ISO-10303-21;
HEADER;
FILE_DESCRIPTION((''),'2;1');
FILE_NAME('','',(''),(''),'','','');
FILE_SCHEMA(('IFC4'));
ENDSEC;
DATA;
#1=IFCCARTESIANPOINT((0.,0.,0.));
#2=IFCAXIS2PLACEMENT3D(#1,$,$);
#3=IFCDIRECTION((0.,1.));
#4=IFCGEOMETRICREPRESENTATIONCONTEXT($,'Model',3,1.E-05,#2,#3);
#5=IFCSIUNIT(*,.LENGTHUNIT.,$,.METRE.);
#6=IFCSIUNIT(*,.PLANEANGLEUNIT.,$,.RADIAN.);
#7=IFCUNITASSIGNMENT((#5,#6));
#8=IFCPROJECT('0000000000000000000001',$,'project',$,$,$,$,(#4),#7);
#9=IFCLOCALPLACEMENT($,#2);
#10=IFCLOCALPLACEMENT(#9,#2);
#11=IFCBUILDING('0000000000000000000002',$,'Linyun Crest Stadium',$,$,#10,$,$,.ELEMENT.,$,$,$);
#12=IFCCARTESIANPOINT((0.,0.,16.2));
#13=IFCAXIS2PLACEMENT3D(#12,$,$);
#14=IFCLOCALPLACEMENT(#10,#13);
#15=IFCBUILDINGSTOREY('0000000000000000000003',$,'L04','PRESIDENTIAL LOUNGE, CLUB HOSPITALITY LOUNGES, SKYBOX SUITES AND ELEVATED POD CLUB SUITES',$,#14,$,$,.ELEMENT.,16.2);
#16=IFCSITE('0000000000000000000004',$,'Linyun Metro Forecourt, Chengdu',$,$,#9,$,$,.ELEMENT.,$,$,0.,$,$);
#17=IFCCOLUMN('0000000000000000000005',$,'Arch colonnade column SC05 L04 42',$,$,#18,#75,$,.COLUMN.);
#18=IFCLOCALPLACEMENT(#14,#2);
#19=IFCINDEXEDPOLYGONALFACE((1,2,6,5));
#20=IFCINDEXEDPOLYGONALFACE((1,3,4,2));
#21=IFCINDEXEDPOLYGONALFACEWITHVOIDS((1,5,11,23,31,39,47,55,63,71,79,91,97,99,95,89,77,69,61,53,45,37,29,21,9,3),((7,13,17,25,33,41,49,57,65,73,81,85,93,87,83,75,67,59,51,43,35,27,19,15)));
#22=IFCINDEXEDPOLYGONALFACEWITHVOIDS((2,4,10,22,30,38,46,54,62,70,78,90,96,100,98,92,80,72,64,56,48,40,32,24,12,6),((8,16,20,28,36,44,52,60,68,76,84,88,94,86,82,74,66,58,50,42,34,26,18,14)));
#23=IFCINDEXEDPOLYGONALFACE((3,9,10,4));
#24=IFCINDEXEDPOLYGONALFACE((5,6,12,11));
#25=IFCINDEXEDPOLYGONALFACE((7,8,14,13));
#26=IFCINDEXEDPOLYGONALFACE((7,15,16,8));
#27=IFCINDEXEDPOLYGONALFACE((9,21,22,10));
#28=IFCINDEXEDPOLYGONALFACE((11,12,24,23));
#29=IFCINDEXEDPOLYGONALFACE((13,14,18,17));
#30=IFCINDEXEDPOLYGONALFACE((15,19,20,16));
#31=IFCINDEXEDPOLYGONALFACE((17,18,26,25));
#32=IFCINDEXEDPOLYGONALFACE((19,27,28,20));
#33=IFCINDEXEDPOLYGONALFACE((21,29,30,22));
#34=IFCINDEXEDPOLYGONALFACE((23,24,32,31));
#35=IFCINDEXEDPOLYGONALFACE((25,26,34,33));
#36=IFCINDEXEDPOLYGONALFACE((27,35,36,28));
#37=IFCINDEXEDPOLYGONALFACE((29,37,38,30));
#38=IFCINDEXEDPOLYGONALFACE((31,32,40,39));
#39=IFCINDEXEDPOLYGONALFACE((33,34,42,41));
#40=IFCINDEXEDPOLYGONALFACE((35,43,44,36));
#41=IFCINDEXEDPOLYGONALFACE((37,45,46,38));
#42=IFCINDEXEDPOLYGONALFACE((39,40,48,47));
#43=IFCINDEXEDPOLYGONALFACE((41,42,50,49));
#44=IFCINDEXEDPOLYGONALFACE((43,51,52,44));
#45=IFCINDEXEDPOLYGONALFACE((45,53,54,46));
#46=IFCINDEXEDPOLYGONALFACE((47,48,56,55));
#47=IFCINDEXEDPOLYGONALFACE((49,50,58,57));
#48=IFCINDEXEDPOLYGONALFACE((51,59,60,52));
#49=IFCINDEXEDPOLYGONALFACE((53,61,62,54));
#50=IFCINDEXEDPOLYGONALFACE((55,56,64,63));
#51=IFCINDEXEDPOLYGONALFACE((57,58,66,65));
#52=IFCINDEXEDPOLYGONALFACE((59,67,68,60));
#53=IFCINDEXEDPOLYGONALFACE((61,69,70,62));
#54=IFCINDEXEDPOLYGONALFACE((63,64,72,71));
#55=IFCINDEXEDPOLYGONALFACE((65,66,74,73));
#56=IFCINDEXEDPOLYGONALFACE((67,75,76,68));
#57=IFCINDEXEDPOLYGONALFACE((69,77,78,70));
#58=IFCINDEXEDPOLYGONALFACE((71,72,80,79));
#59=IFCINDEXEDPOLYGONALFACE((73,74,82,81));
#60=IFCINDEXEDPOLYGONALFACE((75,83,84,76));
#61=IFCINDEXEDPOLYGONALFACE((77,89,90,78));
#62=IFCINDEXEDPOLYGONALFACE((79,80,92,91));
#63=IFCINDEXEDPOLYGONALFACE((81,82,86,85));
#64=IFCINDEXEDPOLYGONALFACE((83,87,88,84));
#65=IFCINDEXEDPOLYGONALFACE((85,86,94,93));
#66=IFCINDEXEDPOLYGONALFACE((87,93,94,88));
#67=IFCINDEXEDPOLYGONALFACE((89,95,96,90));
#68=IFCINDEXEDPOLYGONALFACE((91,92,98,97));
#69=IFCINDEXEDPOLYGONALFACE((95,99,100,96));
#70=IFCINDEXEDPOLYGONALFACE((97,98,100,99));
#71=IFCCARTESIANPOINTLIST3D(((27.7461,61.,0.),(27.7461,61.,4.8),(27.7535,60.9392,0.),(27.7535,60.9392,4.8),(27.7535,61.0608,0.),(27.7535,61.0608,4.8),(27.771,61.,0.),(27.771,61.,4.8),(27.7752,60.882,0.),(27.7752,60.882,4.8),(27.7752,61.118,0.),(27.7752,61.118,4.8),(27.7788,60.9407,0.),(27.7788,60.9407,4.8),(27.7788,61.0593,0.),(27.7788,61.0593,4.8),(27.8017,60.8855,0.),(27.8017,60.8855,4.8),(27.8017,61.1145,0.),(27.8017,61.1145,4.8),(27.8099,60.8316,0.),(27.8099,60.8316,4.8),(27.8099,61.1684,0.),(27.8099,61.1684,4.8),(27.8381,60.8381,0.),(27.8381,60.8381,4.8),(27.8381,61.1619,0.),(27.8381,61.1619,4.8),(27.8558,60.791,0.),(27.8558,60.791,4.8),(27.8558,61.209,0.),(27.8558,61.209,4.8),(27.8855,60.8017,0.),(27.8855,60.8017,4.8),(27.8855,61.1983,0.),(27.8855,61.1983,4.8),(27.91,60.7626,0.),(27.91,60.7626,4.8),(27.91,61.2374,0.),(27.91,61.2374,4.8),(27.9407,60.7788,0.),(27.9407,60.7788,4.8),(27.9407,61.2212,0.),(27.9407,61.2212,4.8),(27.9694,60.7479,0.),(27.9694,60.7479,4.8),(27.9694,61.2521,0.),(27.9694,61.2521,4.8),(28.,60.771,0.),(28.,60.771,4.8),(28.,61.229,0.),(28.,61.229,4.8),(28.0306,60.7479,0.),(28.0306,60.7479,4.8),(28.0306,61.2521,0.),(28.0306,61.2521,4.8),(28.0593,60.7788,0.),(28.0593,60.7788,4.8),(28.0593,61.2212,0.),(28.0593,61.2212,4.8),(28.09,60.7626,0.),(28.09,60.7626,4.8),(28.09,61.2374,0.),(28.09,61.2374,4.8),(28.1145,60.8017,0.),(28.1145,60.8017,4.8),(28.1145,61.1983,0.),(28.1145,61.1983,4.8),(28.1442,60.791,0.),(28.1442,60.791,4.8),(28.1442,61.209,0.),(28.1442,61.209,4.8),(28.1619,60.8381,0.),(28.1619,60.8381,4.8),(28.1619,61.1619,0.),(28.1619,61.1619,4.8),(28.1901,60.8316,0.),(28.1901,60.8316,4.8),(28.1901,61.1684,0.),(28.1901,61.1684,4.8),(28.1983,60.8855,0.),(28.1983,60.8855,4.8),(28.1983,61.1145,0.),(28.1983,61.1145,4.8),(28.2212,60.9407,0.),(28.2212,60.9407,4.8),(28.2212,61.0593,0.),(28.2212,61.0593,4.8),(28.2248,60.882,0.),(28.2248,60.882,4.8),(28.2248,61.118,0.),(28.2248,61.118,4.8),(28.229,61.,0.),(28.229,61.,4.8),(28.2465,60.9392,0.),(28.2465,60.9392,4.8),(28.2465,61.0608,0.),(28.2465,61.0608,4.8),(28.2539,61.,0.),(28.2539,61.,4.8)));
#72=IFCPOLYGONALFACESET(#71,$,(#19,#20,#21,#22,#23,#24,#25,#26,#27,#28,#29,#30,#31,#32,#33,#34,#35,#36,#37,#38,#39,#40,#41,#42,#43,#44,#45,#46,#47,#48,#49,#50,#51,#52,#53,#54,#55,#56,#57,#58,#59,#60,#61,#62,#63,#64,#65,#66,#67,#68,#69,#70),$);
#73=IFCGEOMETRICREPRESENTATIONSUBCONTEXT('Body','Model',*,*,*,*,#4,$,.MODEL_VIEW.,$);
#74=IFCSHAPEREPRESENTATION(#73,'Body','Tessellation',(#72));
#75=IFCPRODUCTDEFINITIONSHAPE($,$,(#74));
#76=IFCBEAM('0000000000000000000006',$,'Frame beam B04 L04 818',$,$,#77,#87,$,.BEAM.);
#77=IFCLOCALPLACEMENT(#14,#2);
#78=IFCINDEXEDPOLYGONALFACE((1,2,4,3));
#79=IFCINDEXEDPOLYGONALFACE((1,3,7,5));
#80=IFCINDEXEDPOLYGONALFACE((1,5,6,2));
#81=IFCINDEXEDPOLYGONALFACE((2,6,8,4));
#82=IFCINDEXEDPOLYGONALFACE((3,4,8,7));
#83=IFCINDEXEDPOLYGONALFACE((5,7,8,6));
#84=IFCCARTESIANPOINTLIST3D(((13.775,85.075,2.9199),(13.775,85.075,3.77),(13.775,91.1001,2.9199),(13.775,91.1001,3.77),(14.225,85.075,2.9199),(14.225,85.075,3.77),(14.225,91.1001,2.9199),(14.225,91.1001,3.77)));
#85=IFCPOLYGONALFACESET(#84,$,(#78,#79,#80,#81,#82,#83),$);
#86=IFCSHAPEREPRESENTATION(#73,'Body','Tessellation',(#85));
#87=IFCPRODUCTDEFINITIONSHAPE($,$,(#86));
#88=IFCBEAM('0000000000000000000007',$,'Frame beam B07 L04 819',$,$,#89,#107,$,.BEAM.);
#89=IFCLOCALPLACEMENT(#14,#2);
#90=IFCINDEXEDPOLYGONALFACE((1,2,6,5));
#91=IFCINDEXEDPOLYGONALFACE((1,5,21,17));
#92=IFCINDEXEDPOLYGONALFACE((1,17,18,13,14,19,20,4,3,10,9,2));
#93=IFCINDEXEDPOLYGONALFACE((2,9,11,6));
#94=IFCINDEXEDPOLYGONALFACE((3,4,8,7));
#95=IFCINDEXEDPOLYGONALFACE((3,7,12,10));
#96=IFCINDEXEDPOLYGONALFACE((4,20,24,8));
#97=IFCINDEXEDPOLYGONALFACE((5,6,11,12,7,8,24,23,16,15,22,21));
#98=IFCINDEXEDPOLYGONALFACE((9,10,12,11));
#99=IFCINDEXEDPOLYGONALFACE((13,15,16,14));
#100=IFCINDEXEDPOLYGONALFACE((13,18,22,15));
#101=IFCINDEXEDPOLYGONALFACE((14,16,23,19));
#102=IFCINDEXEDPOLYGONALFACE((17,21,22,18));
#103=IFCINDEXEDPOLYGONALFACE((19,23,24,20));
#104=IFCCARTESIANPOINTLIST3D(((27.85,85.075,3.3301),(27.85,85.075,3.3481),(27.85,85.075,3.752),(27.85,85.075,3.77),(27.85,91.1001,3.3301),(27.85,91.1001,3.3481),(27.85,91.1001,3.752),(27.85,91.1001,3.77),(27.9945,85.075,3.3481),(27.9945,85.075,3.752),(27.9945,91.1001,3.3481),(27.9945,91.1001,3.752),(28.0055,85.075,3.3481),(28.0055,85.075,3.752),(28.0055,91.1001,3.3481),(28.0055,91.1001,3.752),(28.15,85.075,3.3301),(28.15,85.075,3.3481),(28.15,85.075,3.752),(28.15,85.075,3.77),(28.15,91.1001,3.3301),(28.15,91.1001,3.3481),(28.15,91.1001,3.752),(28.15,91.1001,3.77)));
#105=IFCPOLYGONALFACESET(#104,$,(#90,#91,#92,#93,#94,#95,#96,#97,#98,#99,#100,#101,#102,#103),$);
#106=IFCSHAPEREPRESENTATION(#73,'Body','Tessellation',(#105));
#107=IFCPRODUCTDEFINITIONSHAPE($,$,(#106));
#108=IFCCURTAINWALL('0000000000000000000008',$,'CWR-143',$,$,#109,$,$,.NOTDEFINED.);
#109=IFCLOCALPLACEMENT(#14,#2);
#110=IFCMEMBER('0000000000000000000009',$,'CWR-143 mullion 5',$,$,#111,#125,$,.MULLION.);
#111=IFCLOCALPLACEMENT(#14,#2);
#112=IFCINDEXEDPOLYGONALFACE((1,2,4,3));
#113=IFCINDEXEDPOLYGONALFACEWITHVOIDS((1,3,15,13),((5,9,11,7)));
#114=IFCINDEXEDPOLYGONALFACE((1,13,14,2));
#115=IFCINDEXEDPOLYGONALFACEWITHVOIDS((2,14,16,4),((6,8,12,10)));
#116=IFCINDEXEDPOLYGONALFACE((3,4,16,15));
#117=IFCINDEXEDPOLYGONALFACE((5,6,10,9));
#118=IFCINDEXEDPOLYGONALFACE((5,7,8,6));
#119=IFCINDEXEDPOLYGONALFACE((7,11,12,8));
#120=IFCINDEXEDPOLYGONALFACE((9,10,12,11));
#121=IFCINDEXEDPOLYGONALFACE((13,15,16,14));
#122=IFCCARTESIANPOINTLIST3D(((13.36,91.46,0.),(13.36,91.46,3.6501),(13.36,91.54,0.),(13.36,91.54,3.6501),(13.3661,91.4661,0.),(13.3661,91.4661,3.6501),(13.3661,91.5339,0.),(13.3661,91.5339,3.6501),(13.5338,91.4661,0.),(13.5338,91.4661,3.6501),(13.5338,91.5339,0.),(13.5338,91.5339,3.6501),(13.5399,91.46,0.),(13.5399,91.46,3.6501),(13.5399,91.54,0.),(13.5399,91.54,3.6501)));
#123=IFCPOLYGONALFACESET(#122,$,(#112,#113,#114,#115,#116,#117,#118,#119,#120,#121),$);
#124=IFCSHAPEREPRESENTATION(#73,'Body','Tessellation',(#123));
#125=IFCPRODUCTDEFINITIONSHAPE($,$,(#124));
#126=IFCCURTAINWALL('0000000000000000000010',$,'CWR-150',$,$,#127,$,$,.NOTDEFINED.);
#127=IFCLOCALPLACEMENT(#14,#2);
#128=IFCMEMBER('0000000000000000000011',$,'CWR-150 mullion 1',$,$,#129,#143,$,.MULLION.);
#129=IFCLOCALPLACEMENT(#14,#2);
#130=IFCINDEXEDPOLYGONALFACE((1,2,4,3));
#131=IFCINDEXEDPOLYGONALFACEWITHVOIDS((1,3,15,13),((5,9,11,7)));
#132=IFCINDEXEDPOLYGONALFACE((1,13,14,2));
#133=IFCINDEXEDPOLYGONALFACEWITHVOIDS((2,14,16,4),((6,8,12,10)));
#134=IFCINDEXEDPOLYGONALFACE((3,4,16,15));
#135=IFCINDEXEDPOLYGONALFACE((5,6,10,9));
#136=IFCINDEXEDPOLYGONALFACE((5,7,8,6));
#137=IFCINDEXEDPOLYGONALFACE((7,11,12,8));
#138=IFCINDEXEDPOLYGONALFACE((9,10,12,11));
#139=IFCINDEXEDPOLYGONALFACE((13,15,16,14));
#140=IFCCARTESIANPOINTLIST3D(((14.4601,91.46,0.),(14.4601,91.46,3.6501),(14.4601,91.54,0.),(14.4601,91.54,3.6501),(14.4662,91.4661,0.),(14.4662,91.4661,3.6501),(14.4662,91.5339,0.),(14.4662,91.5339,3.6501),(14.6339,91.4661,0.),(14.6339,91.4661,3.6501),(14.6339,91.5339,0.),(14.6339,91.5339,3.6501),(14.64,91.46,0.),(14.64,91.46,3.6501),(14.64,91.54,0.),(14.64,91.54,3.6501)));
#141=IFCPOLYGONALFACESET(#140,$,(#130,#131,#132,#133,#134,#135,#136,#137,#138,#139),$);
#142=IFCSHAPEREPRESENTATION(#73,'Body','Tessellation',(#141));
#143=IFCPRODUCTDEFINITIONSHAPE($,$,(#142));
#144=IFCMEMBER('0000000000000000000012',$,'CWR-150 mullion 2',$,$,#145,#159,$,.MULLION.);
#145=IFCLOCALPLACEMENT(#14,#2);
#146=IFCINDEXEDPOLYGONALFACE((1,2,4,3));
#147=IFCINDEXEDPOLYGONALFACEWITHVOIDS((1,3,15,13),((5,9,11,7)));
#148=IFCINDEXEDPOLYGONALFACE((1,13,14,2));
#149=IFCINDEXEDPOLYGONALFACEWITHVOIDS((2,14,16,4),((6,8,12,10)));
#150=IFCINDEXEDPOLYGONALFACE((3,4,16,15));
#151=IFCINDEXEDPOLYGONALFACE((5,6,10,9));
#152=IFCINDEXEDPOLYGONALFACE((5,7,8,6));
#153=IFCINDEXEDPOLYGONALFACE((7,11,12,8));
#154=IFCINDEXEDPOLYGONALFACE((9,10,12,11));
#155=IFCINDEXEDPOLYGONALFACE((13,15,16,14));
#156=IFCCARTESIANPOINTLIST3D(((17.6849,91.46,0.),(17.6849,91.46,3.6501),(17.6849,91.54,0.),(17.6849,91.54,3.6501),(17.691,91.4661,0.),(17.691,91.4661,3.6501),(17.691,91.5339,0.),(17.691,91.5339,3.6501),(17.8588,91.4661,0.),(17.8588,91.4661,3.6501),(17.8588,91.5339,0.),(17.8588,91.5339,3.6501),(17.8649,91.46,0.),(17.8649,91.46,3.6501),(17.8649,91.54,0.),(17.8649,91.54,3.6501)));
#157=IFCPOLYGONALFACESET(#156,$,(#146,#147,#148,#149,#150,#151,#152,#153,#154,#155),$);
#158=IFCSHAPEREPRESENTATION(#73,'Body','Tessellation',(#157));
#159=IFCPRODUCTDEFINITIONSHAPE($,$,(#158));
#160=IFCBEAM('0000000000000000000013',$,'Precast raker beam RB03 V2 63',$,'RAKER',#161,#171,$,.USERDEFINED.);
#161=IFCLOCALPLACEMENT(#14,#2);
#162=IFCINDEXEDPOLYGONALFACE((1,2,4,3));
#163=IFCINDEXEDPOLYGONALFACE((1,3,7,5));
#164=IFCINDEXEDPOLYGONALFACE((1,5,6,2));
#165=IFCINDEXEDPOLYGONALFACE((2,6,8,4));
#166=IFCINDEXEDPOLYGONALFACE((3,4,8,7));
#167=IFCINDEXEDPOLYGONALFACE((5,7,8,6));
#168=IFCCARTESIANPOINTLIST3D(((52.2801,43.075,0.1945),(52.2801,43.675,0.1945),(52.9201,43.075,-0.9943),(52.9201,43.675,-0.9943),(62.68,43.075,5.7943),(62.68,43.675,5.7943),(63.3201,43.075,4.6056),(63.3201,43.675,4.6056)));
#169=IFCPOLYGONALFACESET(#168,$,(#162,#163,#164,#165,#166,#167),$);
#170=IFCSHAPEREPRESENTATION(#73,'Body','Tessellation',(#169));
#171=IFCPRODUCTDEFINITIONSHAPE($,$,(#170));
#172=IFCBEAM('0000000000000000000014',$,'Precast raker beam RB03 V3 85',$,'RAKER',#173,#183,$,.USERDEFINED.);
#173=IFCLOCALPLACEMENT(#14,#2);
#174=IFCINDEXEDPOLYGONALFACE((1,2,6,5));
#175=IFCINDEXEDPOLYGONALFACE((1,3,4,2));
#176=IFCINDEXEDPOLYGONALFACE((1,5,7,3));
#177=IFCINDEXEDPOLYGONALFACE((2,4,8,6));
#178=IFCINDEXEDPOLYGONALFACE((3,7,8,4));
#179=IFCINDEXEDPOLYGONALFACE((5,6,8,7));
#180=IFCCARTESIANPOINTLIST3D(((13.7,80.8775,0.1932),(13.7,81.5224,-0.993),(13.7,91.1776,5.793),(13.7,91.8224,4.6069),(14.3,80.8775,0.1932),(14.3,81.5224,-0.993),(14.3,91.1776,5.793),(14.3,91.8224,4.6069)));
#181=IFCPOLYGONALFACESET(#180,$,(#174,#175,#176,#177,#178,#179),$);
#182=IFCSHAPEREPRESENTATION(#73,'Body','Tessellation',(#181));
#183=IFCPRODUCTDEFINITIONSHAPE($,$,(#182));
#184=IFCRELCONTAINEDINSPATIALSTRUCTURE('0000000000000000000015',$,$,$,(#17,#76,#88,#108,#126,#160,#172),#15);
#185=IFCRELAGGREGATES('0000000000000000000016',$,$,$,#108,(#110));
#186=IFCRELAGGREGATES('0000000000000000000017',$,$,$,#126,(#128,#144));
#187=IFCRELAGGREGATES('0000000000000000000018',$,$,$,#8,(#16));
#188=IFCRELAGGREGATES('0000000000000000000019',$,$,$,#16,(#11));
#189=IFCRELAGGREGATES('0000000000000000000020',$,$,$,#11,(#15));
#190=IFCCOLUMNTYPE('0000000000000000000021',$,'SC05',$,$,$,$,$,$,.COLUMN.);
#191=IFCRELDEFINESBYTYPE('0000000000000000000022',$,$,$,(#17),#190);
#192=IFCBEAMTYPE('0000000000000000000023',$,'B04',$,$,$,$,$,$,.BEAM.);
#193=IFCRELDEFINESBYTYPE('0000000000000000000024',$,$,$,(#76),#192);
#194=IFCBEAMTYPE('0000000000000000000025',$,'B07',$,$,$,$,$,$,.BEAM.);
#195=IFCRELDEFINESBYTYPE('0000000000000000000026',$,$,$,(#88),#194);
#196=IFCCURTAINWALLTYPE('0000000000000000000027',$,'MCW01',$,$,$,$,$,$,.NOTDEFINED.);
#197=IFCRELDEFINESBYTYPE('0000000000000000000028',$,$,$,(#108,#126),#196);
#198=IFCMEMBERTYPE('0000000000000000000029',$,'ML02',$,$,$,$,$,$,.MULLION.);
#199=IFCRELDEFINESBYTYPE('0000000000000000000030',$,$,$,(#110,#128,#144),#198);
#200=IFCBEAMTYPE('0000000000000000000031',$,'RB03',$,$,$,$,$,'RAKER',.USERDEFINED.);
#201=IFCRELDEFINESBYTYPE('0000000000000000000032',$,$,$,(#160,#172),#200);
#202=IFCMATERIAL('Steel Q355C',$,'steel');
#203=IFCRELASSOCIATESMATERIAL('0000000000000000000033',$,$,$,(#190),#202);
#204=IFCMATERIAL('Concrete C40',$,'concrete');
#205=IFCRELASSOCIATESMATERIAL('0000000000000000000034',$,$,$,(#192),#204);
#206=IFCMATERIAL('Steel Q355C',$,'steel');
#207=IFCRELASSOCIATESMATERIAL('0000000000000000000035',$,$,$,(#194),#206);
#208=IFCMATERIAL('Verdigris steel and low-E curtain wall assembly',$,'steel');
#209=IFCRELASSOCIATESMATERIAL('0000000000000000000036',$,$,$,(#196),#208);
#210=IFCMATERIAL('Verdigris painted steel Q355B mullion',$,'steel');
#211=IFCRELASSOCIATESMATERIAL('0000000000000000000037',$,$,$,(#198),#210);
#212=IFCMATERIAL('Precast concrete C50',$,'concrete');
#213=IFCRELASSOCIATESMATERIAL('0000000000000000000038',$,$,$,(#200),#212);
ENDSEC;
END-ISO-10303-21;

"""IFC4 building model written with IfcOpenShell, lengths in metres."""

from ifc_helpers import new_model, si_unit, direction, frame, origin, origin_2d, place, context, subcontext, project, spatial, rectangle, hollow_rectangle, hollow_circle, i_section, extrude, material, material_profile, profile_set, type_object, element, aggregate, save


model = new_model("IFC4")

# Units and contexts
model_context = context("Model", 3, precision=1e-05, world=origin(), true_north=direction((0.0, 1.0)))
body_context = subcontext(model_context, "Body", "Model", "MODEL_VIEW")
ifc_project = project(units=[si_unit("LENGTHUNIT", "METRE"), si_unit("PLANEANGLEUNIT", "RADIAN")], contexts=[model_context])

# Site, building, storey
site_placement = place(None, origin())
site = spatial("IfcSite", under=ifc_project, at=site_placement, Name="Linyun Metro Forecourt, Chengdu", CompositionType="ELEMENT", RefElevation=0.0)
building_placement = place(site_placement, origin())
building = spatial("IfcBuilding", under=site, at=building_placement, Name="Linyun Crest Stadium", CompositionType="ELEMENT")
storey_placement = place(building_placement, frame((0.0, 0.0, 16.2)))
storey = spatial("IfcBuildingStorey", under=building, at=storey_placement, Name="L04", Description="PRESIDENTIAL LOUNGE, CLUB HOSPITALITY LOUNGES, SKYBOX SUITES AND ELEVATED POD CLUB SUITES", CompositionType="ELEMENT", Elevation=16.2)

# Column
ifc_material_1 = material(Name="Steel Q355C", Category="steel")
ifc_material_profile_1 = material_profile(ifc_material_1, hollow_circle(Radius=0.2539, WallThickness=0.0249, at=origin_2d()), Name="CHS 508x25")
ifc_profile_set_1 = profile_set([ifc_material_profile_1], Name="Steel Q355C")
column_type_1 = type_object("IfcColumnType", Name="SC05", PredefinedType="COLUMN", material=ifc_profile_set_1)
for number, where, z_axis, x_axis, name in (
    (1, (28.0, 61.0, 0.0), (0.0, 0.0, 1.0), (1.0, 0.0, 0.0), "Arch colonnade column SC05 L04 42"),
):
    element("IfcColumn", number, at=place(storey_placement, frame(where, z_axis=z_axis, x_axis=x_axis)), inside=storey, type_object=column_type_1, Name=name, PredefinedType="COLUMN", context=body_context, shape_type="SweptSolid", body=[
        extrude(hollow_circle(Radius=0.2539, WallThickness=0.0249, at=origin_2d()), origin(), (0.0, 0.0, 1.0), 4.8),
    ])

# Beams
ifc_material_2 = material(Name="Concrete C40", Category="concrete")
ifc_material_profile_2 = material_profile(ifc_material_2, rectangle(XDim=0.45, YDim=0.8501, at=origin_2d()), Name="RCB 850x450")
ifc_profile_set_2 = profile_set([ifc_material_profile_2], Name="Concrete C40")
beam_type_1 = type_object("IfcBeamType", Name="B04", PredefinedType="BEAM", material=ifc_profile_set_2)
beam_1_placement = place(storey_placement, frame((14.0, 85.075, 3.345), z_axis=(0.0, 1.0, 0.0), x_axis=(-1.0, 0.0, 0.0)))
element("IfcBeam", 2, at=beam_1_placement, inside=storey, type_object=beam_type_1, Name="Frame beam B04 L04 818", PredefinedType="BEAM", context=body_context, shape_type="SweptSolid", body=[
    extrude(rectangle(XDim=0.45, YDim=0.8501, at=origin_2d()), origin(), (0.0, 0.0, 1.0), 6.0251),
])
ifc_material_3 = material(Name="Steel Q355C", Category="steel")
ifc_material_profile_3 = material_profile(ifc_material_3, i_section(OverallWidth=0.3, OverallDepth=0.4399, WebThickness=0.011, FlangeThickness=0.0181, at=origin_2d()), Name="HM 440x300")
ifc_profile_set_3 = profile_set([ifc_material_profile_3], Name="Steel Q355C")
beam_type_2 = type_object("IfcBeamType", Name="B07", PredefinedType="BEAM", material=ifc_profile_set_3)
beam_2_placement = place(storey_placement, frame((28.0, 85.075, 3.55), z_axis=(0.0, 1.0, 0.0), x_axis=(-1.0, 0.0, 0.0)))
element("IfcBeam", 3, at=beam_2_placement, inside=storey, type_object=beam_type_2, Name="Frame beam B07 L04 819", PredefinedType="BEAM", context=body_context, shape_type="SweptSolid", body=[
    extrude(i_section(OverallWidth=0.3, OverallDepth=0.4399, WebThickness=0.011, FlangeThickness=0.0181, at=origin_2d()), origin(), (0.0, 0.0, 1.0), 6.0251),
])

# Curtain wall, member
ifc_material_4 = material(Name="Verdigris steel and low-E curtain wall assembly", Category="steel")
curtain_wall_type_1 = type_object("IfcCurtainWallType", Name="MCW01", PredefinedType="NOTDEFINED", material=ifc_material_4)
curtain_wall_1_placement = place(storey_placement, origin())
curtain_wall_1 = element("IfcCurtainWall", 4, at=curtain_wall_1_placement, inside=storey, type_object=curtain_wall_type_1, Name="CWR-143", PredefinedType="NOTDEFINED")
ifc_material_5 = material(Name="Verdigris painted steel Q355B mullion", Category="steel")
ifc_material_profile_4 = material_profile(ifc_material_5, hollow_rectangle(XDim=0.0801, YDim=0.1799, WallThickness=0.0061, at=origin_2d()), Name="RHS 180x80x6")
ifc_profile_set_4 = profile_set([ifc_material_profile_4], Name="Verdigris painted steel Q355B mullion")
member_type_1 = type_object("IfcMemberType", Name="ML02", PredefinedType="MULLION", material=ifc_profile_set_4)
member_1_placement = place(storey_placement, frame((13.45, 91.5, 0.0), z_axis=(0.0, 0.0, 1.0), x_axis=(0.0, 1.0, 0.0)))
member_1 = element("IfcMember", 5, at=member_1_placement, type_object=member_type_1, Name="CWR-143 mullion 5", PredefinedType="MULLION", context=body_context, shape_type="SweptSolid", body=[
    extrude(hollow_rectangle(XDim=0.0801, YDim=0.1799, WallThickness=0.0061, at=origin_2d()), origin(), (0.0, 0.0, 1.0), 3.6501),
])

# Curtain wall, members
curtain_wall_2_placement = place(storey_placement, origin())
curtain_wall_2 = element("IfcCurtainWall", 6, at=curtain_wall_2_placement, inside=storey, type_object=curtain_wall_type_1, Name="CWR-150", PredefinedType="NOTDEFINED")
member_2_placement = place(storey_placement, frame((14.55, 91.5, 0.0), z_axis=(0.0, 0.0, 1.0), x_axis=(0.0, 1.0, 0.0)))
member_2 = element("IfcMember", 7, at=member_2_placement, type_object=member_type_1, Name="CWR-150 mullion 1", PredefinedType="MULLION", context=body_context, shape_type="SweptSolid", body=[
    extrude(hollow_rectangle(XDim=0.0801, YDim=0.1799, WallThickness=0.0061, at=origin_2d()), origin(), (0.0, 0.0, 1.0), 3.6501),
])
member_3_placement = place(storey_placement, frame((17.7749, 91.5, 0.0), z_axis=(0.0, 0.0, 1.0), x_axis=(0.0, 1.0, 0.0)))
member_3 = element("IfcMember", 8, at=member_3_placement, type_object=member_type_1, Name="CWR-150 mullion 2", PredefinedType="MULLION", context=body_context, shape_type="SweptSolid", body=[
    extrude(hollow_rectangle(XDim=0.0801, YDim=0.1799, WallThickness=0.0061, at=origin_2d()), origin(), (0.0, 0.0, 1.0), 3.6501),
])

# Beams
ifc_material_6 = material(Name="Precast concrete C50", Category="concrete")
ifc_material_profile_5 = material_profile(ifc_material_6, rectangle(XDim=0.6001, YDim=1.3501, at=origin_2d()), Name="PCR 1350x600")
ifc_profile_set_5 = profile_set([ifc_material_profile_5], Name="Precast concrete C50")
beam_type_3 = type_object("IfcBeamType", Name="RB03", ElementType="RAKER", PredefinedType="USERDEFINED", material=ifc_profile_set_5)
beam_3_placement = place(storey_placement, frame((52.6001, 43.375, -0.3999), z_axis=(0.880474, 0.0, 0.474094), x_axis=(0.0, 1.0, 0.0)))
element("IfcBeam", 9, at=beam_3_placement, inside=storey, type_object=beam_type_3, Name="Precast raker beam RB03 V2 63", ObjectType="RAKER", PredefinedType="USERDEFINED", context=body_context, shape_type="SweptSolid", body=[
    extrude(rectangle(XDim=0.6001, YDim=1.3501, at=origin_2d()), origin(), (0.0, 0.0, 1.0), 11.8118),
])
for number, where, z_axis, x_axis, name in (
    (10, (14.0, 81.2, -0.3999), (0.0, 0.878553, 0.477645), (-1.0, 0.0, 0.0), "Precast raker beam RB03 V3 85"),
):
    element("IfcBeam", number, at=place(storey_placement, frame(where, z_axis=z_axis, x_axis=x_axis)), inside=storey, type_object=beam_type_3, Name=name, ObjectType="RAKER", PredefinedType="USERDEFINED", context=body_context, shape_type="SweptSolid", body=[
        extrude(rectangle(XDim=0.6001, YDim=1.3501, at=origin_2d()), origin(), (0.0, 0.0, 1.0), 11.7239),
    ])

aggregate(curtain_wall_1, [member_1])
aggregate(curtain_wall_2, [member_2, member_3])

save(model, "model.ifc")
